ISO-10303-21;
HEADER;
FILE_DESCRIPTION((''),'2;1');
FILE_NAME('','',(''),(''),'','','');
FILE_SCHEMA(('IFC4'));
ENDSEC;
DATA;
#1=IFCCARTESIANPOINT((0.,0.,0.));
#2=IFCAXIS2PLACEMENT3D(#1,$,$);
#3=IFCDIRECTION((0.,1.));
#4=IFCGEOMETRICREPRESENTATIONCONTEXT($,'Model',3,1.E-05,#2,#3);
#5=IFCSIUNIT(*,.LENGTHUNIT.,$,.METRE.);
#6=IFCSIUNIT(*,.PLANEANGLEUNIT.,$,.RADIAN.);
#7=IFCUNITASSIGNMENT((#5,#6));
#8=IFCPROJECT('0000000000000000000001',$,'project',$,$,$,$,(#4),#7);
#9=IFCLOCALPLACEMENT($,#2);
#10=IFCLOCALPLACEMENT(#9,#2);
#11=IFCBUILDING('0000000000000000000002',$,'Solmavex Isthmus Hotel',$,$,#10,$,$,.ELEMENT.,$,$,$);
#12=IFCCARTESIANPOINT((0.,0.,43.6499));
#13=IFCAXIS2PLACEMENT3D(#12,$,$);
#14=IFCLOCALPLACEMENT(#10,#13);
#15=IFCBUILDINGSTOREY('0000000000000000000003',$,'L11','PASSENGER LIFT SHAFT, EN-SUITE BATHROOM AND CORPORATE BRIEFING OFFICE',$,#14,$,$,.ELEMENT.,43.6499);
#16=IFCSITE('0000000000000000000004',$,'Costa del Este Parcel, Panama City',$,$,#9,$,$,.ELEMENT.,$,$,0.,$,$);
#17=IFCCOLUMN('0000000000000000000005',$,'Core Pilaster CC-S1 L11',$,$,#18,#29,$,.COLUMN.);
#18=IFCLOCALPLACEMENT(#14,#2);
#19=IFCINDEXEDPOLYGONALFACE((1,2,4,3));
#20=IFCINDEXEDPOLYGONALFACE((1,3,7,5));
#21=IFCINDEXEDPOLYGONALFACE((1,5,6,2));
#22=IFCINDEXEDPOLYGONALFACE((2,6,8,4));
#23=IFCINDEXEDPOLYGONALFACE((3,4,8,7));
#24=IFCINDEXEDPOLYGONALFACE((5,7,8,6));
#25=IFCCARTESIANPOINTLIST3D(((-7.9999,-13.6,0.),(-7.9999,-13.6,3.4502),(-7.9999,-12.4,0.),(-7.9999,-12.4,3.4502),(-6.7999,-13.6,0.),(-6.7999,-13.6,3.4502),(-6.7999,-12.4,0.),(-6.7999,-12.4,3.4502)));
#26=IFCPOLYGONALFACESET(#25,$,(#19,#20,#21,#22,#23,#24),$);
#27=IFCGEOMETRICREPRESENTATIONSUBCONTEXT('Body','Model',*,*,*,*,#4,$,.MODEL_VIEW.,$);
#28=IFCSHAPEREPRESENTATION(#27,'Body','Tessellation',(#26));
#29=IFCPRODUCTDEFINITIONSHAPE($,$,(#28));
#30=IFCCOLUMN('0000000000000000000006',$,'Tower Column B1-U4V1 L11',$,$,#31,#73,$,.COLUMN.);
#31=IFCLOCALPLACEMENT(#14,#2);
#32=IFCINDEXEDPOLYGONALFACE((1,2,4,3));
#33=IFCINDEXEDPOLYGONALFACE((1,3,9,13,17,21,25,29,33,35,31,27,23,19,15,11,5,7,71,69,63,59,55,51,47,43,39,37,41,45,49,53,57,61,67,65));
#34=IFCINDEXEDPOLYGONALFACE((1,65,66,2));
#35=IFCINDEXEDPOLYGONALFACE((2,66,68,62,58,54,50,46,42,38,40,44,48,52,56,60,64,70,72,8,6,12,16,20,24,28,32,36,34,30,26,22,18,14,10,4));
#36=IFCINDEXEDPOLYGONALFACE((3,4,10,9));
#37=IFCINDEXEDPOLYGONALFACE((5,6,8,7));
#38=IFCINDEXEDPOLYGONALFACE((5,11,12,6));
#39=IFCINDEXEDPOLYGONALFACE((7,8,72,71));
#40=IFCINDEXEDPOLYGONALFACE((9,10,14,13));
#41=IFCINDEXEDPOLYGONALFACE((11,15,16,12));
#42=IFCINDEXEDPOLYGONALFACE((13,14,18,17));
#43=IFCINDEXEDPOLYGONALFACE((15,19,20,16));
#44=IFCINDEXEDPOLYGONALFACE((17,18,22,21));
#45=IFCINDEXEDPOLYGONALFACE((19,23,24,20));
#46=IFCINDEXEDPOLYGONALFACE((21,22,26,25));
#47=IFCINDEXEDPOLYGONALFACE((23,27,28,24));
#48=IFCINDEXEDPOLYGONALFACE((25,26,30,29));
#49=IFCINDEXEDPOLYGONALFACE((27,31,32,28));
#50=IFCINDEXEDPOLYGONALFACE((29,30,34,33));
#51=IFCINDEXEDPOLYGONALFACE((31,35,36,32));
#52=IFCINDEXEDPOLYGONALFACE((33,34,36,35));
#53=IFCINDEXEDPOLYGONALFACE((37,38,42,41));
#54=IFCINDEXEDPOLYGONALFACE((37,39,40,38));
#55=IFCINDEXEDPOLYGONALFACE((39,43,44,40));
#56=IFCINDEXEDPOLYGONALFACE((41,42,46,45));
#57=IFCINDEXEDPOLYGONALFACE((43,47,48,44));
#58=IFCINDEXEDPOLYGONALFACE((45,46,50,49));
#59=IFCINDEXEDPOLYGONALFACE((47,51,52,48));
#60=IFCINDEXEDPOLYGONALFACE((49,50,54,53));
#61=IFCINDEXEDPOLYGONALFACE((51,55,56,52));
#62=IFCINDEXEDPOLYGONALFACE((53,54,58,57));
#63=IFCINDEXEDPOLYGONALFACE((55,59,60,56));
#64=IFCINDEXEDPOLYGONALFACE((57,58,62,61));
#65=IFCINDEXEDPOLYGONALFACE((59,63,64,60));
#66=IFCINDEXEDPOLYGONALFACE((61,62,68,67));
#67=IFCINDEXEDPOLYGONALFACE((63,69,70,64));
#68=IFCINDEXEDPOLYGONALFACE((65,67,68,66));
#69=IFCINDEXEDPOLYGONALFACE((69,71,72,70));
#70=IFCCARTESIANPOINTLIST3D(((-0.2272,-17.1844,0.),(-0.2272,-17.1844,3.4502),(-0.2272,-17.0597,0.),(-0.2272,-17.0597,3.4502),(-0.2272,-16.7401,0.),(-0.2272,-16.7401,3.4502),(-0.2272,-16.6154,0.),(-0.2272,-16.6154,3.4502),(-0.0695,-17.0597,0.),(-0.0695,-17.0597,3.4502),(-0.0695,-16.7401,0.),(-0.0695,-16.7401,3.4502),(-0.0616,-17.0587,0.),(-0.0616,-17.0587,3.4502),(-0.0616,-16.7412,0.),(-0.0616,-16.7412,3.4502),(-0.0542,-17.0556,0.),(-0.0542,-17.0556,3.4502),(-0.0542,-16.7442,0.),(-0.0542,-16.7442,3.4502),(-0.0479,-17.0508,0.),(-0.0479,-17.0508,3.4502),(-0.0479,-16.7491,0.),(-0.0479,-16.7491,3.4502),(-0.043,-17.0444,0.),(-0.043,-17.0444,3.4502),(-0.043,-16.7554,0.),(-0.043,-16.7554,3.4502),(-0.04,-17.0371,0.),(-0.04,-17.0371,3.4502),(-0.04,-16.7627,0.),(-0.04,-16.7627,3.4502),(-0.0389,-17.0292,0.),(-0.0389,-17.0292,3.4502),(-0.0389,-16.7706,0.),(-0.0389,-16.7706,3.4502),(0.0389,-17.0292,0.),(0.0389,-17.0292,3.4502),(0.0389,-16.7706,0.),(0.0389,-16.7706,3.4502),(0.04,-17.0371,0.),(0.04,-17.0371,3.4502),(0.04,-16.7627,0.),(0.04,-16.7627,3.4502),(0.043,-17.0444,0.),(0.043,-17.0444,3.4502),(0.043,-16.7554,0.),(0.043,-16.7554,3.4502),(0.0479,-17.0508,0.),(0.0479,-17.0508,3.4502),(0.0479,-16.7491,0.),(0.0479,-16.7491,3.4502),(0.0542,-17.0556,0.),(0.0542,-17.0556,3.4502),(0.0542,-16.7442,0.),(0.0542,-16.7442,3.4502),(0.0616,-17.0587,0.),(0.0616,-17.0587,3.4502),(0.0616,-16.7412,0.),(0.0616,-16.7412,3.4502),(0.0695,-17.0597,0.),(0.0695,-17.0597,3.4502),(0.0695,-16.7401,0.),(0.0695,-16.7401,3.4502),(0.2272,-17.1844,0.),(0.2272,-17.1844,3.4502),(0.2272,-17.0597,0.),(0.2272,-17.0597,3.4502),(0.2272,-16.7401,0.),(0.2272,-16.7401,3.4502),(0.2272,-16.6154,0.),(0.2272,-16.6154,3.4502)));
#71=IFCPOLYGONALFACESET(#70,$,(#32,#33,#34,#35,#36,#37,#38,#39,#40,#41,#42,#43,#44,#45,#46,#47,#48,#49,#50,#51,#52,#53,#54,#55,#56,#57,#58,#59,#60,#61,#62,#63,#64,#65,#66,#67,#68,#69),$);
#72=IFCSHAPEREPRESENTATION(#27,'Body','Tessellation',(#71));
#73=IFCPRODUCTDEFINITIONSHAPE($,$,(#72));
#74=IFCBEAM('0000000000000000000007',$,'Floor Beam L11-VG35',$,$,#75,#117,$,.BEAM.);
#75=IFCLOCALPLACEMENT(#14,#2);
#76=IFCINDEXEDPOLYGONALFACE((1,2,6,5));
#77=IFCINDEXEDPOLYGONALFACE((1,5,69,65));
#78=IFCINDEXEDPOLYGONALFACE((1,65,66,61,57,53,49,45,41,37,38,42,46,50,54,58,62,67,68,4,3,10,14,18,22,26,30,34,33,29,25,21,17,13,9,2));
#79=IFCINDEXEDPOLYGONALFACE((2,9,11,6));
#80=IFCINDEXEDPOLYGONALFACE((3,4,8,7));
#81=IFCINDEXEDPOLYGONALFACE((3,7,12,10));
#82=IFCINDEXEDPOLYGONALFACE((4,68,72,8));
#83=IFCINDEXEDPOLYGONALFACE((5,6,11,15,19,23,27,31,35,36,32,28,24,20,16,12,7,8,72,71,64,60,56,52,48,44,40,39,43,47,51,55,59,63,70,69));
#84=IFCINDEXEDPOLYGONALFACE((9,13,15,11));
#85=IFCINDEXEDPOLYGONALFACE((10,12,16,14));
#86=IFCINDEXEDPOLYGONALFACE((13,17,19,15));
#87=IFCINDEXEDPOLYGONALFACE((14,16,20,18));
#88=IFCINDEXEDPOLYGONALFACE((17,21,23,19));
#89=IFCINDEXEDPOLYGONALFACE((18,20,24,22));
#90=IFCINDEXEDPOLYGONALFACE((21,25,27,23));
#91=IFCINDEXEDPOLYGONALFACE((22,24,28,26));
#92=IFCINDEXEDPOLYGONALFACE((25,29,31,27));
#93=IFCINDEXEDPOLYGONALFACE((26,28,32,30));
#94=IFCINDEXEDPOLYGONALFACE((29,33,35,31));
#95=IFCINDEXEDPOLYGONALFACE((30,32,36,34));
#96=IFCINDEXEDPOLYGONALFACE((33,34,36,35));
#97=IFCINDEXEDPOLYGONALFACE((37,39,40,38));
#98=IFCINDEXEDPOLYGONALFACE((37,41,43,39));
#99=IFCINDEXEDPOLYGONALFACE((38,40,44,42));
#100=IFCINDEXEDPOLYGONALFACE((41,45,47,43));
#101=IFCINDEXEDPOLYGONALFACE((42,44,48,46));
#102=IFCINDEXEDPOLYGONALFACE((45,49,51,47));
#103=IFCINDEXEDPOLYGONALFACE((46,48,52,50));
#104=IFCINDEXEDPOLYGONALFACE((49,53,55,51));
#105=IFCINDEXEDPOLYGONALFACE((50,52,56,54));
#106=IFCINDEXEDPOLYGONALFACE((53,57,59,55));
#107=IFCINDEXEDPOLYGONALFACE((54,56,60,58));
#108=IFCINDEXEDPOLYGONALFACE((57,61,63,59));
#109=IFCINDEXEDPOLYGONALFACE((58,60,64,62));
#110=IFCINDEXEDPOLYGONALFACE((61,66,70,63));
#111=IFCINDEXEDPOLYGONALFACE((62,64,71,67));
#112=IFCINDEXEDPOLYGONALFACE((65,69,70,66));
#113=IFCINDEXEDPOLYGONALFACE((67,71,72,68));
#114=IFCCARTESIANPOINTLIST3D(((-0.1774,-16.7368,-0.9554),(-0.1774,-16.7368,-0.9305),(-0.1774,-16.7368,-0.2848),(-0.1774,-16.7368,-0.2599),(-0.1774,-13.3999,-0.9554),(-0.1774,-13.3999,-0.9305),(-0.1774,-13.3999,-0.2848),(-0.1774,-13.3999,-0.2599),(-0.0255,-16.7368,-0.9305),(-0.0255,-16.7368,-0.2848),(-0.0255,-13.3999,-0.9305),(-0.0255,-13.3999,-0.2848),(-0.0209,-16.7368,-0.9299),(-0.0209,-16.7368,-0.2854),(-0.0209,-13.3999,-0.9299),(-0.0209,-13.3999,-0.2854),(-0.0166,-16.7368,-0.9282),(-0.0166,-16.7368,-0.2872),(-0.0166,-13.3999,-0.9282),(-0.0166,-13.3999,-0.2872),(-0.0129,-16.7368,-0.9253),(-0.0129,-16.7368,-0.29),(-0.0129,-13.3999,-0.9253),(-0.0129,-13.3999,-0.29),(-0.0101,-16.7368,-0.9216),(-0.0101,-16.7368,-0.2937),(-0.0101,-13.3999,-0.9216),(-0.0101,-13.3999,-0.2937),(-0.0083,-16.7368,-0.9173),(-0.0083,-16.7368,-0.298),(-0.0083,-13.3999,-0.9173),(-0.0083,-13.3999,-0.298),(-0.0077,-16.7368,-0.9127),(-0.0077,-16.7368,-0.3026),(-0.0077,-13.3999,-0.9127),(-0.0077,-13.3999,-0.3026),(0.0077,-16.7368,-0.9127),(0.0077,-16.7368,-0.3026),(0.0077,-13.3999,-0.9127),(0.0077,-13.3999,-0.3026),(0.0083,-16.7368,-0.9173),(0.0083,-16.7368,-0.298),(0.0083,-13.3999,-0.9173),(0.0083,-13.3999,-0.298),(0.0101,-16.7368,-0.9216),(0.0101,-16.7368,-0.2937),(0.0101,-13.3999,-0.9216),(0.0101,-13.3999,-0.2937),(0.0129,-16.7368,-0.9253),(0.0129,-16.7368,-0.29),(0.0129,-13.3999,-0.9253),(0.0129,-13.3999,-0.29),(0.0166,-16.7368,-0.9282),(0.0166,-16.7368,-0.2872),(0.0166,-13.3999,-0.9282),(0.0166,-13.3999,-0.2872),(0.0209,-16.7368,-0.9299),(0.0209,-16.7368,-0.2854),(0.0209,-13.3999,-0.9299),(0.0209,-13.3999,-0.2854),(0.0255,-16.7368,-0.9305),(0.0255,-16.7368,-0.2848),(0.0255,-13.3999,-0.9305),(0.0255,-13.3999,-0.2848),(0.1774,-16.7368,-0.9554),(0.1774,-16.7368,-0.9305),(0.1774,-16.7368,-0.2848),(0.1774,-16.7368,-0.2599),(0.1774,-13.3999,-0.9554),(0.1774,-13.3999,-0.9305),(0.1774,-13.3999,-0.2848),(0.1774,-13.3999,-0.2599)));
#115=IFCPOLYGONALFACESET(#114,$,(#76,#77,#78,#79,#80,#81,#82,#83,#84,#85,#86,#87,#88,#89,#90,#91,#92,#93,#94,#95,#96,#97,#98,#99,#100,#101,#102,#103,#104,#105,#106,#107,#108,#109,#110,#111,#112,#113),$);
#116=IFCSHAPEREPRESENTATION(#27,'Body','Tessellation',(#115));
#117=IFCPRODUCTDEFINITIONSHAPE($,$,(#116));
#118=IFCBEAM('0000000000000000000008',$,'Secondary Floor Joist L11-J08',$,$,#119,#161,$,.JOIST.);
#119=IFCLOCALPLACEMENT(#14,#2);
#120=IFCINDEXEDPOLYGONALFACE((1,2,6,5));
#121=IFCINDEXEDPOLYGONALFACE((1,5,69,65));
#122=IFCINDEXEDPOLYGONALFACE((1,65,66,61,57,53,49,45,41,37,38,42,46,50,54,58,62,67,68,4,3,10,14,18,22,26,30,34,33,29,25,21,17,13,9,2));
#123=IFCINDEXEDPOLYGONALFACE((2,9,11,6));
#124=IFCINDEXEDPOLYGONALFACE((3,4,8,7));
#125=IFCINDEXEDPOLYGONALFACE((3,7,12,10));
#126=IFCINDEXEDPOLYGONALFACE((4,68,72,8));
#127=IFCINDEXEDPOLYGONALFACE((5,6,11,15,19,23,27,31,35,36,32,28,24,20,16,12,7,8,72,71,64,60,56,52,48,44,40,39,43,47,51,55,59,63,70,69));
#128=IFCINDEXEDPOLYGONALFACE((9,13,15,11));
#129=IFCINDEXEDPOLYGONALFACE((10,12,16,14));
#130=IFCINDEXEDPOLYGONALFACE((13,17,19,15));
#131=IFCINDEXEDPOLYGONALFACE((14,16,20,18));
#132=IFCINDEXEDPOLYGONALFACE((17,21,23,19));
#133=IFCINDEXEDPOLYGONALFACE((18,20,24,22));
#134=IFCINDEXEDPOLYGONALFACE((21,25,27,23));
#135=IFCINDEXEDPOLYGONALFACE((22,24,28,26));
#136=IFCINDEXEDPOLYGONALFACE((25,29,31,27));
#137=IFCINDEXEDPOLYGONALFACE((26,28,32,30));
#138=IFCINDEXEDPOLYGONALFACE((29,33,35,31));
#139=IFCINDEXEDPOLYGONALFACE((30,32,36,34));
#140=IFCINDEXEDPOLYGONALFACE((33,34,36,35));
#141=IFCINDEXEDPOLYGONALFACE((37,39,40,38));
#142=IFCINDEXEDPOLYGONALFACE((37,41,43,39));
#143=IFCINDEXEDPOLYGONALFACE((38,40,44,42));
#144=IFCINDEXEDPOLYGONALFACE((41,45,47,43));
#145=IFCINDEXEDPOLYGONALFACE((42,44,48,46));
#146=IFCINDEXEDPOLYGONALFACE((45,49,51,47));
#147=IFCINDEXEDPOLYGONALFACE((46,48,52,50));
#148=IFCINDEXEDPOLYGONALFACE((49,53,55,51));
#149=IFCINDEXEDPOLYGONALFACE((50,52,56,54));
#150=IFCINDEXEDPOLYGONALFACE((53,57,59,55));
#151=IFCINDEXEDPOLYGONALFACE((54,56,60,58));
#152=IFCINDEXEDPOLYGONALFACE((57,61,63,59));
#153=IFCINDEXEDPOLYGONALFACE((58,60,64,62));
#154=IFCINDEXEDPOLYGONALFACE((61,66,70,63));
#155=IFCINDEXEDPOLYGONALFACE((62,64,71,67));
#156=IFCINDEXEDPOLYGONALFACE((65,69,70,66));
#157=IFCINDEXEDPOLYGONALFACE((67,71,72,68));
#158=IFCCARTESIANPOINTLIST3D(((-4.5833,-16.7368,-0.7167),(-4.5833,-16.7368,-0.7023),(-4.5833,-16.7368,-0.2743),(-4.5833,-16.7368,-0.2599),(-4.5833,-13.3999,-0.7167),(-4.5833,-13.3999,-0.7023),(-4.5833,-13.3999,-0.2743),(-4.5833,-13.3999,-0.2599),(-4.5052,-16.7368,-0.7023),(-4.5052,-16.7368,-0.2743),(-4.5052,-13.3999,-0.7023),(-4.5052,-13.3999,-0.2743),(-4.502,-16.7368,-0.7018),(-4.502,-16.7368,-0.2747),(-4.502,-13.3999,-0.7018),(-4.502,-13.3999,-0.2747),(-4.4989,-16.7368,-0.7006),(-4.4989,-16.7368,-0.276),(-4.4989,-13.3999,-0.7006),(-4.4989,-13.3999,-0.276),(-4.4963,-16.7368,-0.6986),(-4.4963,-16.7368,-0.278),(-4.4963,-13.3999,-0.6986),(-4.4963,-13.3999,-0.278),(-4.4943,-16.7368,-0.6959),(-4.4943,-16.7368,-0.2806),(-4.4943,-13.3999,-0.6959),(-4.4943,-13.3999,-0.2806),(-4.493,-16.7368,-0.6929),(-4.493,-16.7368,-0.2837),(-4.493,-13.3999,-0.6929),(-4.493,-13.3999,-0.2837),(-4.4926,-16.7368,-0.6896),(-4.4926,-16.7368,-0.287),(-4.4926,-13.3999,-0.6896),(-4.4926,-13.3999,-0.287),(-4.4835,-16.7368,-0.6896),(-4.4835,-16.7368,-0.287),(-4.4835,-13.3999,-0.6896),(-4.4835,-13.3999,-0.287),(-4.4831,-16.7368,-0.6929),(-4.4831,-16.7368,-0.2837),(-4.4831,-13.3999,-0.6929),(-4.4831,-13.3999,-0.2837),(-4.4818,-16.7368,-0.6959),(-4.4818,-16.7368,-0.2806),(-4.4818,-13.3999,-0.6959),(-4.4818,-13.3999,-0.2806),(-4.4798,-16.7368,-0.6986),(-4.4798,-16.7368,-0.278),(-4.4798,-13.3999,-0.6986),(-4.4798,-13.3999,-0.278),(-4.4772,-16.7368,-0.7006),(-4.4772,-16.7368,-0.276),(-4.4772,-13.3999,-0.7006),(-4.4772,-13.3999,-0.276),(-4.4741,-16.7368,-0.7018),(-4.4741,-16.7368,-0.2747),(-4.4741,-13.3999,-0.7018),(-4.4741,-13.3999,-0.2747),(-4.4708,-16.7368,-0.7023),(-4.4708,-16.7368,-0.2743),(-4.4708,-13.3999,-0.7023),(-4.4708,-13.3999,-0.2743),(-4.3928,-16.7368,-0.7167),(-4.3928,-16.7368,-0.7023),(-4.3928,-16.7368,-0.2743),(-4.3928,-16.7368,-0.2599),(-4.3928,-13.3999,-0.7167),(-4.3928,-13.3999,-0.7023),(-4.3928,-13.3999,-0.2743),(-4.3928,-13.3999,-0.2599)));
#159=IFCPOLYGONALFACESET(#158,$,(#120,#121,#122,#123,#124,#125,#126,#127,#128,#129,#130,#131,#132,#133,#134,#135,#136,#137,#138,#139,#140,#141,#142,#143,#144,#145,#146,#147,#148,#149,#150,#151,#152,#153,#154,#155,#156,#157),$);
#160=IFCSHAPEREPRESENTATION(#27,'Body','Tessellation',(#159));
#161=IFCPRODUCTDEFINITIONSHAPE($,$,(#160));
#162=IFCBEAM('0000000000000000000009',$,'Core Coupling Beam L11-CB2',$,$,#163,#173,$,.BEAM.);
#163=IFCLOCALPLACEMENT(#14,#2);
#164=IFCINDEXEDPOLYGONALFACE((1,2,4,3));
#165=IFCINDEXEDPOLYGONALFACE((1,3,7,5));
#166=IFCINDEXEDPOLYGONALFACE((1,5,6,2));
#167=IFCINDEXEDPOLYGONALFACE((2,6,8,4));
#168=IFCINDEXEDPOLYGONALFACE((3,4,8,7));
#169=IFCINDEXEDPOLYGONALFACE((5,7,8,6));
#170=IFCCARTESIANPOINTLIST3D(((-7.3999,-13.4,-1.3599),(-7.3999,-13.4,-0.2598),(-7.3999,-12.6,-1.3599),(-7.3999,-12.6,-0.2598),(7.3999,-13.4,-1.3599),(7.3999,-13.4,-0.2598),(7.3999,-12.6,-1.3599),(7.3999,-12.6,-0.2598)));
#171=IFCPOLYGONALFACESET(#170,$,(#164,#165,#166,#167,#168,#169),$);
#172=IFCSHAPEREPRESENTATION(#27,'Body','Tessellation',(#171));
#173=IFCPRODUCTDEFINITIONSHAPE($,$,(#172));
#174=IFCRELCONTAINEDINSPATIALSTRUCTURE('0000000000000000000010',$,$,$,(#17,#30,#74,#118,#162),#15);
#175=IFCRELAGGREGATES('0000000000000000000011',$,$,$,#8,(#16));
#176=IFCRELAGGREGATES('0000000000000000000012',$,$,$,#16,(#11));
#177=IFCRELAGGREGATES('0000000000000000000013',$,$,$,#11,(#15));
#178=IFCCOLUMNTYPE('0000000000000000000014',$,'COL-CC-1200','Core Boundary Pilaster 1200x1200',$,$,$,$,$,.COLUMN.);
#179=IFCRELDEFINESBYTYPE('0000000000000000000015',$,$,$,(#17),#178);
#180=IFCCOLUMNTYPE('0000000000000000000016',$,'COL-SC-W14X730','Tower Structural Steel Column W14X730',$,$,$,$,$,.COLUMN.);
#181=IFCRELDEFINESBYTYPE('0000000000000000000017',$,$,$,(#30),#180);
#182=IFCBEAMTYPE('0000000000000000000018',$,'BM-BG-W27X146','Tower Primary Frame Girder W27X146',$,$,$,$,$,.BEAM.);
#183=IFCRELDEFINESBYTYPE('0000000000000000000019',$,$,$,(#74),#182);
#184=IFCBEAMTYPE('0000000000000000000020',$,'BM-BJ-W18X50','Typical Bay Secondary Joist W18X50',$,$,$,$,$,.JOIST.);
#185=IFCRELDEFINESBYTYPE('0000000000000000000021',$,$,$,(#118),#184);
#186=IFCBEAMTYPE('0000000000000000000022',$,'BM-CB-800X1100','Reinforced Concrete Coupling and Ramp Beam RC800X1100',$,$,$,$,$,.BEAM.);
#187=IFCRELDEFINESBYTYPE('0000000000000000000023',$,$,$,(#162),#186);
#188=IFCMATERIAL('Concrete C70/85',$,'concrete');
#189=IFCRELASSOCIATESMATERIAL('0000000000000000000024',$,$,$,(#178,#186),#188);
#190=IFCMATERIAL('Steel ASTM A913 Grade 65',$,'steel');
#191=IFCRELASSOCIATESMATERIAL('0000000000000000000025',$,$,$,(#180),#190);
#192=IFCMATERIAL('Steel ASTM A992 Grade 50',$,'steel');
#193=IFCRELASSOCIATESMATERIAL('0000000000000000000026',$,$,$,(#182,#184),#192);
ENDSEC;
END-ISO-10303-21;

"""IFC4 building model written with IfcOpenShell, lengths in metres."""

from ifc_helpers import new_model, si_unit, direction, frame, origin, origin_2d, place, context, subcontext, project, spatial, rectangle, i_section, extrude, material, material_profile, profile_set, type_object, element, save


model = new_model("IFC4")

# Units and contexts
model_context = context("Model", 3, precision=1e-05, world=origin(), true_north=direction((0.0, 1.0)))
body_context = subcontext(model_context, "Body", "Model", "MODEL_VIEW")
ifc_project = project(units=[si_unit("LENGTHUNIT", "METRE"), si_unit("PLANEANGLEUNIT", "RADIAN")], contexts=[model_context])

# Site, building, storey
site_placement = place(None, origin())
site = spatial("IfcSite", under=ifc_project, at=site_placement, Name="Costa del Este Parcel, Panama City", CompositionType="ELEMENT", RefElevation=0.0)
building_placement = place(site_placement, origin())
building = spatial("IfcBuilding", under=site, at=building_placement, Name="Solmavex Isthmus Hotel", CompositionType="ELEMENT")
storey_placement = place(building_placement, frame((0.0, 0.0, 43.6499)))
storey = spatial("IfcBuildingStorey", under=building, at=storey_placement, Name="L11", Description="PASSENGER LIFT SHAFT, EN-SUITE BATHROOM AND CORPORATE BRIEFING OFFICE", CompositionType="ELEMENT", Elevation=43.6499)

# Columns
ifc_material_1 = material(Name="Concrete C70/85", Category="concrete")
ifc_material_profile_1 = material_profile(ifc_material_1, rectangle(XDim=1.2, YDim=1.2, at=origin_2d()), Name="RC1200X1200")
ifc_profile_set_1 = profile_set([ifc_material_profile_1], Name="Concrete C70/85")
column_type_1 = type_object("IfcColumnType", Name="COL-CC-1200", Description="Core Boundary Pilaster 1200x1200", PredefinedType="COLUMN", material=ifc_profile_set_1)
column_1_placement = place(storey_placement, frame((-7.3999, -13.0, 0.0), z_axis=(0.0, 0.0, 1.0), x_axis=(1.0, 0.0, 0.0)))
element("IfcColumn", 1, at=column_1_placement, inside=storey, type_object=column_type_1, Name="Core Pilaster CC-S1 L11", PredefinedType="COLUMN", context=body_context, shape_type="SweptSolid", body=[
    extrude(rectangle(XDim=1.2, YDim=1.2, at=origin_2d()), origin(), (0.0, 0.0, 1.0), 3.4502),
])
ifc_material_2 = material(Name="Steel ASTM A913 Grade 65", Category="steel")
ifc_material_profile_2 = material_profile(ifc_material_2, i_section(OverallWidth=0.4543, OverallDepth=0.5691, WebThickness=0.0779, FlangeThickness=0.1248, FilletRadius=0.0305, at=origin_2d()), Name="W14X730")
ifc_profile_set_2 = profile_set([ifc_material_profile_2], Name="Steel ASTM A913 Grade 65")
column_type_2 = type_object("IfcColumnType", Name="COL-SC-W14X730", Description="Tower Structural Steel Column W14X730", PredefinedType="COLUMN", material=ifc_profile_set_2)
column_2_placement = place(storey_placement, frame((0.0, -16.8999, 0.0), z_axis=(0.0, 0.0, 1.0), x_axis=(1.0, 0.0, 0.0)))
element("IfcColumn", 2, at=column_2_placement, inside=storey, type_object=column_type_2, Name="Tower Column B1-U4V1 L11", PredefinedType="COLUMN", context=body_context, shape_type="SweptSolid", body=[
    extrude(i_section(OverallWidth=0.4543, OverallDepth=0.5691, WebThickness=0.0779, FlangeThickness=0.1248, FilletRadius=0.0305, at=origin_2d()), origin(), (0.0, 0.0, 1.0), 3.4502),
])

# Beams
ifc_material_3 = material(Name="Steel ASTM A992 Grade 50", Category="steel")
ifc_material_profile_3 = material_profile(ifc_material_3, i_section(OverallWidth=0.3547, OverallDepth=0.6956, WebThickness=0.0154, FlangeThickness=0.0249, FilletRadius=0.0178, at=origin_2d()), Name="W27X146")
ifc_profile_set_3 = profile_set([ifc_material_profile_3], Name="Steel ASTM A992 Grade 50")
beam_type_1 = type_object("IfcBeamType", Name="BM-BG-W27X146", Description="Tower Primary Frame Girder W27X146", PredefinedType="BEAM", material=ifc_profile_set_3)
beam_1_placement = place(storey_placement, frame((0.0, -16.7368, -0.6077), z_axis=(0.0, 1.0, 0.0), x_axis=(-1.0, 0.0, 0.0)))
element("IfcBeam", 3, at=beam_1_placement, inside=storey, type_object=beam_type_1, Name="Floor Beam L11-VG35", PredefinedType="BEAM", context=body_context, shape_type="SweptSolid", body=[
    extrude(i_section(OverallWidth=0.3547, OverallDepth=0.6956, WebThickness=0.0154, FlangeThickness=0.0249, FilletRadius=0.0178, at=origin_2d()), origin(), (0.0, 0.0, 1.0), 3.3369),
])
ifc_material_profile_4 = material_profile(ifc_material_3, i_section(OverallWidth=0.1904, OverallDepth=0.4568, WebThickness=0.009, FlangeThickness=0.0144, FilletRadius=0.0127, at=origin_2d()), Name="W18X50")
ifc_profile_set_4 = profile_set([ifc_material_profile_4], Name="Steel ASTM A992 Grade 50")
beam_type_2 = type_object("IfcBeamType", Name="BM-BJ-W18X50", Description="Typical Bay Secondary Joist W18X50", PredefinedType="JOIST", material=ifc_profile_set_4)
beam_2_placement = place(storey_placement, frame((-4.488, -16.7368, -0.4883), z_axis=(0.0, 1.0, 0.0), x_axis=(-1.0, 0.0, 0.0)))
element("IfcBeam", 4, at=beam_2_placement, inside=storey, type_object=beam_type_2, Name="Secondary Floor Joist L11-J08", PredefinedType="JOIST", context=body_context, shape_type="SweptSolid", body=[
    extrude(i_section(OverallWidth=0.1904, OverallDepth=0.4568, WebThickness=0.009, FlangeThickness=0.0144, FilletRadius=0.0127, at=origin_2d()), origin(), (0.0, 0.0, 1.0), 3.3369),
])
ifc_material_profile_5 = material_profile(ifc_material_1, rectangle(XDim=0.8, YDim=1.1001, at=origin_2d()), Name="RC800X1100")
ifc_profile_set_5 = profile_set([ifc_material_profile_5], Name="Concrete C70/85")
beam_type_3 = type_object("IfcBeamType", Name="BM-CB-800X1100", Description="Reinforced Concrete Coupling and Ramp Beam RC800X1100", PredefinedType="BEAM", material=ifc_profile_set_5)
beam_3_placement = place(storey_placement, frame((-7.3999, -13.0, -0.8098), z_axis=(1.0, 0.0, 0.0), x_axis=(0.0, 1.0, 0.0)))
element("IfcBeam", 5, at=beam_3_placement, inside=storey, type_object=beam_type_3, Name="Core Coupling Beam L11-CB2", PredefinedType="BEAM", context=body_context, shape_type="SweptSolid", body=[
    extrude(rectangle(XDim=0.8, YDim=1.1001, at=origin_2d()), origin(), (0.0, 0.0, 1.0), 14.7998),
])

save(model, "model.ifc")
